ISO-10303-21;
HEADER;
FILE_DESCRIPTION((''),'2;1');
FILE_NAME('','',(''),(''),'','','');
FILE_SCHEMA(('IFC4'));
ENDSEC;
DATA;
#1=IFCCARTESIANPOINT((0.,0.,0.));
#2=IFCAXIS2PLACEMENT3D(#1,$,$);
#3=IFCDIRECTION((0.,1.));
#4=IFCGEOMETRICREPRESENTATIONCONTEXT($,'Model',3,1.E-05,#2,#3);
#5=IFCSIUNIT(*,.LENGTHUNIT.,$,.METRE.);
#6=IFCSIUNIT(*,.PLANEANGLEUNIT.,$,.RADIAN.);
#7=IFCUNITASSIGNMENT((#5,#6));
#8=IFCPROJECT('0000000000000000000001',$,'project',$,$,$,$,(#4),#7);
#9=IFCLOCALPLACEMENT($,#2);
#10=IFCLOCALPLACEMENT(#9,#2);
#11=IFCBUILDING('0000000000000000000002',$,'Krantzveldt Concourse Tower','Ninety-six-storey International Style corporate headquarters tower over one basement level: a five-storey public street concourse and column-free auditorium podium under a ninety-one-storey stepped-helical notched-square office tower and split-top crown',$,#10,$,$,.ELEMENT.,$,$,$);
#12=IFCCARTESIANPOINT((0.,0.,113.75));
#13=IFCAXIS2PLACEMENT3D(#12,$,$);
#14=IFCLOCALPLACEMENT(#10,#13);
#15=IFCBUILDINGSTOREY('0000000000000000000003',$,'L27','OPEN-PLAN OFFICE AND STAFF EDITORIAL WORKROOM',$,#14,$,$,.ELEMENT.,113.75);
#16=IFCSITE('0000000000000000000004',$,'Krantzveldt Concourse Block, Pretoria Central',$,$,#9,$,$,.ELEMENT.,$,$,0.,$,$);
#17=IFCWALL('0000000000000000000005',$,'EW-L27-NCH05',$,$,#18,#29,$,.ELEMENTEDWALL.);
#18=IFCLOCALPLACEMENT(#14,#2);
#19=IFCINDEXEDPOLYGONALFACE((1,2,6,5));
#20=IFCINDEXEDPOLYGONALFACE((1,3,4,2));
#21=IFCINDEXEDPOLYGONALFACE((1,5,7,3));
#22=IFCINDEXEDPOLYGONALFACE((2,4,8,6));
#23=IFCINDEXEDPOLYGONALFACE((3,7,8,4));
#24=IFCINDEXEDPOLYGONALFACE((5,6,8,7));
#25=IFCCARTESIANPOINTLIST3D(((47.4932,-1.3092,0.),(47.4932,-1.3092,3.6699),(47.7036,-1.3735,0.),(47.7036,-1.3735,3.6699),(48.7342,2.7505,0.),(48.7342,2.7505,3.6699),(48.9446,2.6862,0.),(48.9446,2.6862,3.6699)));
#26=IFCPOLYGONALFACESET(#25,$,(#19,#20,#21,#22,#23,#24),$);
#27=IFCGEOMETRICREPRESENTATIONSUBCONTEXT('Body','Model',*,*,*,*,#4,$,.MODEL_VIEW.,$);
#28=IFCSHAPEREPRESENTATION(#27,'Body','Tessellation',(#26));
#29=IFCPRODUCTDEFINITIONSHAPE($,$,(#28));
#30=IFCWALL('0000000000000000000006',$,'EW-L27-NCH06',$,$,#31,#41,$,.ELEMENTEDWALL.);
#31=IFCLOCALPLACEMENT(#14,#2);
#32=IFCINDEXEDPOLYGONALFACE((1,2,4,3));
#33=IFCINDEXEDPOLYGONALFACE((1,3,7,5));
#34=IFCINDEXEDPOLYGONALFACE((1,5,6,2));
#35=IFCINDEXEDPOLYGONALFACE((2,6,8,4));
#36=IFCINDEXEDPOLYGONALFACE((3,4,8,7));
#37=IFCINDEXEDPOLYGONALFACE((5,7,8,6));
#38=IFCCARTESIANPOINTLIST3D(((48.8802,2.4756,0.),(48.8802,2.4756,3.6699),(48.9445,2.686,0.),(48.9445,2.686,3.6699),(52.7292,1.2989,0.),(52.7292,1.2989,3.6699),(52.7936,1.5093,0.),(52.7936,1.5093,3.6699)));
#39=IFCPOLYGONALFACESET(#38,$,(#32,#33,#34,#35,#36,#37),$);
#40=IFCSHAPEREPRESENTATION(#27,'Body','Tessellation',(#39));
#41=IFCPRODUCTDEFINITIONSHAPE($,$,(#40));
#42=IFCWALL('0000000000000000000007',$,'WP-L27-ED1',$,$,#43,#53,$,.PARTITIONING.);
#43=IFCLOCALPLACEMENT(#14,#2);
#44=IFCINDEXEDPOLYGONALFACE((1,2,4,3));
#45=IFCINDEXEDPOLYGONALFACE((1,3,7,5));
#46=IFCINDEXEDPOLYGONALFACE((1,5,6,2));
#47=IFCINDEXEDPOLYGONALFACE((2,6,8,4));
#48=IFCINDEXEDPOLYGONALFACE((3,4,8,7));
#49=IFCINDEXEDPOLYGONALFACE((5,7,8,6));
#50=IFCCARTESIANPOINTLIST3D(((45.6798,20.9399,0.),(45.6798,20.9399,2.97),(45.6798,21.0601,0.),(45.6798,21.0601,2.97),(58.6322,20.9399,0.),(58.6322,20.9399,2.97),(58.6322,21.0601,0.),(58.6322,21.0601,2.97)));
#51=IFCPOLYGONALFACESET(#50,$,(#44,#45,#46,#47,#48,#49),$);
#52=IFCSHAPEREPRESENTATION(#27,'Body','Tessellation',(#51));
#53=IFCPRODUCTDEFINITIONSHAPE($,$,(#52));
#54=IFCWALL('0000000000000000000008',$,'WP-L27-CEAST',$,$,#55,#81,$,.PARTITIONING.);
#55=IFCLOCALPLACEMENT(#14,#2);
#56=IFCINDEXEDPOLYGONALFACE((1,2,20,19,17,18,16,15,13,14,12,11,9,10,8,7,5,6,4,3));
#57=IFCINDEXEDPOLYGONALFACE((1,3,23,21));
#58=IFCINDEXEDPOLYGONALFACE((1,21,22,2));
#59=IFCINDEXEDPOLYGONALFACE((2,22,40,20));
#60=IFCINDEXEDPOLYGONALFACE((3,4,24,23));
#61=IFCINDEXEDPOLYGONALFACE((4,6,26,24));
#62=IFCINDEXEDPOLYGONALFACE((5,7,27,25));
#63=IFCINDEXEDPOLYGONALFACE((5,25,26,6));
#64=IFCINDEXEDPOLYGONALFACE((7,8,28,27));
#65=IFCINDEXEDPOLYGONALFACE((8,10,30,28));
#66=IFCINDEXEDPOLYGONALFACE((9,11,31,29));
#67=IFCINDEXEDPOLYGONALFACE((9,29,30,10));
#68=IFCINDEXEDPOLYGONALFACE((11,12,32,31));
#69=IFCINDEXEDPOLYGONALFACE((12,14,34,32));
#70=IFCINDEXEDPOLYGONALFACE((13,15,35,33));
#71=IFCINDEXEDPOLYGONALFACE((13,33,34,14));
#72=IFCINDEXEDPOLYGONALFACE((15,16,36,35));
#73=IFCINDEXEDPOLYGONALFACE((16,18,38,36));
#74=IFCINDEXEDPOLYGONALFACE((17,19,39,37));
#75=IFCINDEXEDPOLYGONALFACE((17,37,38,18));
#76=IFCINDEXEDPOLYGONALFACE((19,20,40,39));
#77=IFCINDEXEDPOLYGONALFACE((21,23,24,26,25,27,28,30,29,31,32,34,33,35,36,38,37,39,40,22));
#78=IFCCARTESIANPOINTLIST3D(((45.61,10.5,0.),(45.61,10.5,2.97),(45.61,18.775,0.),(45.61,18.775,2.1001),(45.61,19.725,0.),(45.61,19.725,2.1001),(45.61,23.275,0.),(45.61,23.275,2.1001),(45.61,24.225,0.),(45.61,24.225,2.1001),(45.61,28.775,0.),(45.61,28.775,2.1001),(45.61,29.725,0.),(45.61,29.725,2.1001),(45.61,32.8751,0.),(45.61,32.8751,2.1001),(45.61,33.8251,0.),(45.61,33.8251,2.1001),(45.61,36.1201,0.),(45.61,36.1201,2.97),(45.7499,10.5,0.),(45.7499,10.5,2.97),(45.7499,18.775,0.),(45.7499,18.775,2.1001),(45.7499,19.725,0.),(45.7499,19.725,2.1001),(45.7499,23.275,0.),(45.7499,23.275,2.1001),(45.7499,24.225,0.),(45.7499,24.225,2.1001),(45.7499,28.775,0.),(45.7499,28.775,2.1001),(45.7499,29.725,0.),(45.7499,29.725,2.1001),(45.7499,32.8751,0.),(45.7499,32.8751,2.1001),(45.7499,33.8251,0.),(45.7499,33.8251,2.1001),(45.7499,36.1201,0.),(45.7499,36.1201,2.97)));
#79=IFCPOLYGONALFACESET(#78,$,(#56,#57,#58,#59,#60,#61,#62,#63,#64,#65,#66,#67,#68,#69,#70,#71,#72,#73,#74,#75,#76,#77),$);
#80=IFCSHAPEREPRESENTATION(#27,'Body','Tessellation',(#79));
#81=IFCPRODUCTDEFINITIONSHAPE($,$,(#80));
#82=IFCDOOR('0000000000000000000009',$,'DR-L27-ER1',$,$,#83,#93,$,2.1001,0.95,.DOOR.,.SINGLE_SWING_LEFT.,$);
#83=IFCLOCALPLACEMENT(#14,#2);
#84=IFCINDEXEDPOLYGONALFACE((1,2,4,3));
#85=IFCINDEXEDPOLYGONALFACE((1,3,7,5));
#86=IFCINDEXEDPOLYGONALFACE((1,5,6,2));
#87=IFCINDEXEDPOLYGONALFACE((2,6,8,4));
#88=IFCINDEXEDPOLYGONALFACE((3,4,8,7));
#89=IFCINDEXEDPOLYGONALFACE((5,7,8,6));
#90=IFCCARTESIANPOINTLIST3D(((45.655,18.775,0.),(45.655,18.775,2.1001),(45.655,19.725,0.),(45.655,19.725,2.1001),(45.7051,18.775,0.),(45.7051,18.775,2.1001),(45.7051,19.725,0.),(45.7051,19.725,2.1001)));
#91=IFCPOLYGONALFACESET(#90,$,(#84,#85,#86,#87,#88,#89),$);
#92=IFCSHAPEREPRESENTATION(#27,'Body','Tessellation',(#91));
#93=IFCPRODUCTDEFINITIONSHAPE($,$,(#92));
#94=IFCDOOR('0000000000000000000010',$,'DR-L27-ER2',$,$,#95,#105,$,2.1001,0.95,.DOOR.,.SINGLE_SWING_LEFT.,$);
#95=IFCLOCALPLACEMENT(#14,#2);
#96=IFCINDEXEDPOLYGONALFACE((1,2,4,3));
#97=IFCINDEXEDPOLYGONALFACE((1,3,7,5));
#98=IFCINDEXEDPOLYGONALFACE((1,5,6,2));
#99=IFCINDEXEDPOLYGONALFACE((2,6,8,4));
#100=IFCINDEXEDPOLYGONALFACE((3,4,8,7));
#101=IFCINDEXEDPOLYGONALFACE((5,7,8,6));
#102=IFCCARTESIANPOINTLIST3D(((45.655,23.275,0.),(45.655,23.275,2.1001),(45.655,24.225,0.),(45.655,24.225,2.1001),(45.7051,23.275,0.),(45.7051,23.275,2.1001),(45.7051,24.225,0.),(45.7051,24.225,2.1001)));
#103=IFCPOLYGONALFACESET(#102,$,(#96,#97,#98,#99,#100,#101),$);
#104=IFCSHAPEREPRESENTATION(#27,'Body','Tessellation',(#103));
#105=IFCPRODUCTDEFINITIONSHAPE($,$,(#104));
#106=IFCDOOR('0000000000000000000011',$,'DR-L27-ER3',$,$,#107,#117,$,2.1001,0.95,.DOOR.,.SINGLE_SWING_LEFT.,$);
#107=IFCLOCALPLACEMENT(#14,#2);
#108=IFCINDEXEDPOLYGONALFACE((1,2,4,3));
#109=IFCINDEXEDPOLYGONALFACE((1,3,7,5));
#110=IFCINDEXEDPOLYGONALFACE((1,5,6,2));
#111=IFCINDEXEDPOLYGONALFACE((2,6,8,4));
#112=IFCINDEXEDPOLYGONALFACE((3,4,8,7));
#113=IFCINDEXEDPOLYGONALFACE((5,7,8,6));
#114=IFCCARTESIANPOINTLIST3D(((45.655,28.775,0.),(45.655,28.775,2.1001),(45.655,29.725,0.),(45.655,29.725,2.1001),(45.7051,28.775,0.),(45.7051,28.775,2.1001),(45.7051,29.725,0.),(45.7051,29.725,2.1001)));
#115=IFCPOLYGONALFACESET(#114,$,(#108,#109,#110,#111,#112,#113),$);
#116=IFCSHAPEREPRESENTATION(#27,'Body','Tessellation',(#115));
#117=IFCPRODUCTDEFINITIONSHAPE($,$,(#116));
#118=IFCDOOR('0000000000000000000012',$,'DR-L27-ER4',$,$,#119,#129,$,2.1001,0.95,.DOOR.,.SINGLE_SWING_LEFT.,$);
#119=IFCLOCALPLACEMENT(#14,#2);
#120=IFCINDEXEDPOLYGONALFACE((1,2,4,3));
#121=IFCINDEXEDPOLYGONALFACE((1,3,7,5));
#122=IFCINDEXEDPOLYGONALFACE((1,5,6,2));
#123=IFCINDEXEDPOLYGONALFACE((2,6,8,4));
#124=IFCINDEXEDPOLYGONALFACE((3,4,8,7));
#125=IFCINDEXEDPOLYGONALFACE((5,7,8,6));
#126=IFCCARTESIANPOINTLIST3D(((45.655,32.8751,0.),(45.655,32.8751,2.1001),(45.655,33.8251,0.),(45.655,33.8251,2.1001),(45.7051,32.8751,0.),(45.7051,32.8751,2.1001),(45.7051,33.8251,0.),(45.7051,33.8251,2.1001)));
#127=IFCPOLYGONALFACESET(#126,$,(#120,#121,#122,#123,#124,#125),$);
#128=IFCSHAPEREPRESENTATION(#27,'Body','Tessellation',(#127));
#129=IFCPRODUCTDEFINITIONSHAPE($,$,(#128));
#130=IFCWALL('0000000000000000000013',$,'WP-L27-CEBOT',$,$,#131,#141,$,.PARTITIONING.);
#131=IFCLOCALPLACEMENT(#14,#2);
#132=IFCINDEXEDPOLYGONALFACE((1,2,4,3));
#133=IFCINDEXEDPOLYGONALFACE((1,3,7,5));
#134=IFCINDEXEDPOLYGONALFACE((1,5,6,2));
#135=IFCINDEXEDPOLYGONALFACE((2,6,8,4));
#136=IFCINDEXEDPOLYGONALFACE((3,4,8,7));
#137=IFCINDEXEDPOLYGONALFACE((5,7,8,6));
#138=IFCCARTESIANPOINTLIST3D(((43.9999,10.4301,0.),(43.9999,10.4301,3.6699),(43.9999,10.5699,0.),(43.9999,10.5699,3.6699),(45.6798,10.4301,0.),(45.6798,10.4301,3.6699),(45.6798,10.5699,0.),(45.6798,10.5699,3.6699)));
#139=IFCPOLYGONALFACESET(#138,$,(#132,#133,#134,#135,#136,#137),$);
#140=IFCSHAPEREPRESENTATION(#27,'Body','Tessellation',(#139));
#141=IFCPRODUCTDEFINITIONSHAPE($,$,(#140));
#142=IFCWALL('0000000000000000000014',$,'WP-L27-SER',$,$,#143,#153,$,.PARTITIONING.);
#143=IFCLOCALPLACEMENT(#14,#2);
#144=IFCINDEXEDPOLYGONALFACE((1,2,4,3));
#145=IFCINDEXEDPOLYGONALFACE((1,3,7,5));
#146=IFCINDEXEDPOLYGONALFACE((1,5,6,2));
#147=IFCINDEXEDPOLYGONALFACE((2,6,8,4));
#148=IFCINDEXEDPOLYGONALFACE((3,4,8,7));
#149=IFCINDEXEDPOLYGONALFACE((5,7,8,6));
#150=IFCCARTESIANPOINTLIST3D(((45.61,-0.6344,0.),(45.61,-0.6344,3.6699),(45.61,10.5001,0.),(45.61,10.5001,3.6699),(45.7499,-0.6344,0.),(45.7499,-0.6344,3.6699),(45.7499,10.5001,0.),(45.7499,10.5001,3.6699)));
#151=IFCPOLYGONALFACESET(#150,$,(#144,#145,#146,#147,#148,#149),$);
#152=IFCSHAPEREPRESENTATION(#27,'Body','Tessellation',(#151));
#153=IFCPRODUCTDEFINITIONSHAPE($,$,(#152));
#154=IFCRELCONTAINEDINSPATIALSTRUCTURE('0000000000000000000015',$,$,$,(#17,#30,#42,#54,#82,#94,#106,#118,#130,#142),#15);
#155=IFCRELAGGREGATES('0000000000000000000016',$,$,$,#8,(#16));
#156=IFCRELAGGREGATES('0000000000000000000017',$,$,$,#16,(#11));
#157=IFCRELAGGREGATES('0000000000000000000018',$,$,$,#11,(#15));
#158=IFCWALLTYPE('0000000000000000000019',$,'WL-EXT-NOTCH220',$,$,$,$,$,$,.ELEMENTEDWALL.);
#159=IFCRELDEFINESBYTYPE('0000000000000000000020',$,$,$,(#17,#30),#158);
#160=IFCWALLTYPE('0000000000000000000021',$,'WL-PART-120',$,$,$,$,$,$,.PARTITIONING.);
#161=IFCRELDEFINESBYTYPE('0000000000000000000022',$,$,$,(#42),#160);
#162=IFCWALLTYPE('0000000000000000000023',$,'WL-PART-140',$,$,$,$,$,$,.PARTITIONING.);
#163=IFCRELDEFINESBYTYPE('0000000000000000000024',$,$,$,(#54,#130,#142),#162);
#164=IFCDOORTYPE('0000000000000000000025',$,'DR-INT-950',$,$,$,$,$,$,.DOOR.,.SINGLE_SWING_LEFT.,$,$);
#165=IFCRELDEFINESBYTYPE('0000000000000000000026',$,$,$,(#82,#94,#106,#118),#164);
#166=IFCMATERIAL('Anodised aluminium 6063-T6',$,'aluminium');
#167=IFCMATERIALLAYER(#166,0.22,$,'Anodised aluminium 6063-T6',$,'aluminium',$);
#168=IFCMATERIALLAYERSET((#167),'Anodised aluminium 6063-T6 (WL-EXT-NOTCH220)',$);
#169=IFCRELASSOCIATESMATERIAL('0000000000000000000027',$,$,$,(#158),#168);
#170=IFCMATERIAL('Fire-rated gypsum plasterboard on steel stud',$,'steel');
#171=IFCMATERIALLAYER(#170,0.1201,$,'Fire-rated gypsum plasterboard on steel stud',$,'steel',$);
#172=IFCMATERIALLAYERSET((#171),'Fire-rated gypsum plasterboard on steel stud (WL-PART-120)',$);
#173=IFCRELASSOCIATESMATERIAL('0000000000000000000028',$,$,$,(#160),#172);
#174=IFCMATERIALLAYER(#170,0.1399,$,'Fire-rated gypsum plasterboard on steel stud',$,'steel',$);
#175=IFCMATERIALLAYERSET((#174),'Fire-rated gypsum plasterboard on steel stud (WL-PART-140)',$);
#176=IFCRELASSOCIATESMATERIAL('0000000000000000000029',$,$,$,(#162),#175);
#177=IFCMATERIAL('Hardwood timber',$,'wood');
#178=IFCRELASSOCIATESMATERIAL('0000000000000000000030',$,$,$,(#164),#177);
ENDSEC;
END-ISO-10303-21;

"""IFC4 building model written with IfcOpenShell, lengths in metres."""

from ifc_helpers import new_model, si_unit, direction, frame, frame_2d, origin, place, context, subcontext, project, spatial, rectangle, extrude, material, layer, layer_set, type_object, element, fill, save


model = new_model("IFC4")

# Units and contexts
model_context = context("Model", 3, precision=1e-05, world=origin(), true_north=direction((0.0, 1.0)))
body_context = subcontext(model_context, "Body", "Model", "MODEL_VIEW")
ifc_project = project(units=[si_unit("LENGTHUNIT", "METRE"), si_unit("PLANEANGLEUNIT", "RADIAN")], contexts=[model_context])

# Site, building, storey
site_placement = place(None, origin())
site = spatial("IfcSite", under=ifc_project, at=site_placement, Name="Krantzveldt Concourse Block, Pretoria Central", CompositionType="ELEMENT", RefElevation=0.0)
building_placement = place(site_placement, origin())
building = spatial("IfcBuilding", under=site, at=building_placement, Name="Krantzveldt Concourse Tower", Description="Ninety-six-storey International Style corporate headquarters tower over one basement level: a five-storey public street concourse and column-free auditorium podium under a ninety-one-storey stepped-helical notched-square office tower and split-top crown", CompositionType="ELEMENT")
storey_placement = place(building_placement, frame((0.0, 0.0, 113.75)))
storey = spatial("IfcBuildingStorey", under=building, at=storey_placement, Name="L27", Description="OPEN-PLAN OFFICE AND STAFF EDITORIAL WORKROOM", CompositionType="ELEMENT", Elevation=113.75)

# Shared definitions
ifc_material_1 = material(Name="Anodised aluminium 6063-T6", Category="aluminium")

# Walls
ifc_layer_1 = layer(ifc_material_1, 0.22, Name="Anodised aluminium 6063-T6", Category="aluminium")
ifc_layer_set_1 = layer_set([ifc_layer_1], Name="Anodised aluminium 6063-T6 (WL-EXT-NOTCH220)")
wall_type_1 = type_object("IfcWallType", Name="WL-EXT-NOTCH220", PredefinedType="ELEMENTEDWALL", material=ifc_layer_set_1)
wall_1_placement = place(storey_placement, frame((47.5984, -1.3413, 0.0), z_axis=(0.0, 0.0, 1.0), x_axis=(0.292335, 0.956316, 0.0)))
element("IfcWall", 1, at=wall_1_placement, inside=storey, type_object=wall_type_1, Name="EW-L27-NCH05", PredefinedType="ELEMENTEDWALL", context=body_context, shape_type="SweptSolid", body=[
    extrude(rectangle(XDim=4.2451, YDim=0.22, at=frame_2d((2.1226, 0.0))), origin(), (0.0, 0.0, 1.0), 3.6699),
])
wall_2_placement = place(storey_placement, frame((48.9124, 2.5808, 0.0), z_axis=(0.0, 0.0, 1.0), x_axis=(0.956307, -0.292363, 0.0)))
element("IfcWall", 2, at=wall_2_placement, inside=storey, type_object=wall_type_1, Name="EW-L27-NCH06", PredefinedType="ELEMENTEDWALL", context=body_context, shape_type="SweptSolid", body=[
    extrude(rectangle(XDim=4.0249, YDim=0.22, at=frame_2d((2.0125, 0.0))), origin(), (0.0, 0.0, 1.0), 3.6699),
])
ifc_material_2 = material(Name="Fire-rated gypsum plasterboard on steel stud", Category="steel")
ifc_layer_2 = layer(ifc_material_2, 0.1201, Name="Fire-rated gypsum plasterboard on steel stud", Category="steel")
ifc_layer_set_2 = layer_set([ifc_layer_2], Name="Fire-rated gypsum plasterboard on steel stud (WL-PART-120)")
wall_type_2 = type_object("IfcWallType", Name="WL-PART-120", PredefinedType="PARTITIONING", material=ifc_layer_set_2)
wall_3_placement = place(storey_placement, frame((45.6799, 21.0, 0.0), z_axis=(0.0, 0.0, 1.0), x_axis=(1.0, 0.0, 0.0)))
element("IfcWall", 3, at=wall_3_placement, inside=storey, type_object=wall_type_2, Name="WP-L27-ED1", PredefinedType="PARTITIONING", context=body_context, shape_type="SweptSolid", body=[
    extrude(rectangle(XDim=12.9524, YDim=0.1201, at=frame_2d((6.4761, 0.0))), origin(), (0.0, 0.0, 1.0), 2.97),
])

# Wall, openings, doors
ifc_layer_3 = layer(ifc_material_2, 0.1399, Name="Fire-rated gypsum plasterboard on steel stud", Category="steel")
ifc_layer_set_3 = layer_set([ifc_layer_3], Name="Fire-rated gypsum plasterboard on steel stud (WL-PART-140)")
wall_type_3 = type_object("IfcWallType", Name="WL-PART-140", PredefinedType="PARTITIONING", material=ifc_layer_set_3)
wall_4_placement = place(storey_placement, frame((45.6799, 10.5, 0.0), z_axis=(0.0, 0.0, 1.0), x_axis=(0.0, 1.0, 0.0)))
wall_4 = element("IfcWall", 4, at=wall_4_placement, inside=storey, type_object=wall_type_3, Name="WP-L27-CEAST", PredefinedType="PARTITIONING", context=body_context, shape_type="SweptSolid", body=[
    extrude(rectangle(XDim=25.6201, YDim=0.1399, at=frame_2d((12.8101, 0.0))), origin(), (0.0, 0.0, 1.0), 2.97),
])
opening_1_placement = place(wall_4_placement, frame((8.2749, 0.0, 0.0)))
opening_1 = element("IfcOpeningElement", 5, at=opening_1_placement, cuts=wall_4, PredefinedType="OPENING", context=body_context, shape_type="SweptSolid", body=[
    extrude(rectangle(XDim=0.95, YDim=2.1001, at=frame_2d((0.4751, 1.05))), frame((0.0, 0.0801, 0.0), z_axis=(0.0, -1.0, 0.0), x_axis=(1.0, 0.0, 0.0)), (0.0, 0.0, 1.0), 0.1599),
])
opening_2_placement = place(wall_4_placement, frame((12.7749, 0.0, 0.0)))
opening_2 = element("IfcOpeningElement", 6, at=opening_2_placement, cuts=wall_4, PredefinedType="OPENING", context=body_context, shape_type="SweptSolid", body=[
    extrude(rectangle(XDim=0.95, YDim=2.1001, at=frame_2d((0.4751, 1.05))), frame((0.0, 0.0801, 0.0), z_axis=(0.0, -1.0, 0.0), x_axis=(1.0, 0.0, 0.0)), (0.0, 0.0, 1.0), 0.1599),
])
opening_3_placement = place(wall_4_placement, frame((18.2749, 0.0, 0.0)))
opening_3 = element("IfcOpeningElement", 7, at=opening_3_placement, cuts=wall_4, PredefinedType="OPENING", context=body_context, shape_type="SweptSolid", body=[
    extrude(rectangle(XDim=0.95, YDim=2.1001, at=frame_2d((0.4751, 1.05))), frame((0.0, 0.0801, 0.0), z_axis=(0.0, -1.0, 0.0), x_axis=(1.0, 0.0, 0.0)), (0.0, 0.0, 1.0), 0.1599),
])
opening_4_placement = place(wall_4_placement, frame((22.375, 0.0, 0.0)))
opening_4 = element("IfcOpeningElement", 8, at=opening_4_placement, cuts=wall_4, PredefinedType="OPENING", context=body_context, shape_type="SweptSolid", body=[
    extrude(rectangle(XDim=0.95, YDim=2.1001, at=frame_2d((0.4751, 1.05))), frame((0.0, 0.0801, 0.0), z_axis=(0.0, -1.0, 0.0), x_axis=(1.0, 0.0, 0.0)), (0.0, 0.0, 1.0), 0.1599),
])
ifc_material_3 = material(Name="Hardwood timber", Category="wood")
door_type = type_object("IfcDoorType", Name="DR-INT-950", OperationType="SINGLE_SWING_LEFT", PredefinedType="DOOR", material=ifc_material_3)
door_1_placement = place(opening_1_placement, origin())
door_1 = element("IfcDoor", 9, at=door_1_placement, inside=storey, type_object=door_type, Name="DR-L27-ER1", OperationType="SINGLE_SWING_LEFT", OverallHeight=2.1001, OverallWidth=0.95, PredefinedType="DOOR", context=body_context, shape_type="SweptSolid", body=[
    extrude(rectangle(XDim=0.95, YDim=2.1001, at=frame_2d((0.4751, 1.05))), frame((0.0, 0.0249, 0.0), z_axis=(0.0, -1.0, 0.0), x_axis=(1.0, 0.0, 0.0)), (0.0, 0.0, 1.0), 0.05),
])
fill(opening_1, door_1)
door_2_placement = place(opening_2_placement, origin())
door_2 = element("IfcDoor", 10, at=door_2_placement, inside=storey, type_object=door_type, Name="DR-L27-ER2", OperationType="SINGLE_SWING_LEFT", OverallHeight=2.1001, OverallWidth=0.95, PredefinedType="DOOR", context=body_context, shape_type="SweptSolid", body=[
    extrude(rectangle(XDim=0.95, YDim=2.1001, at=frame_2d((0.4751, 1.05))), frame((0.0, 0.0249, 0.0), z_axis=(0.0, -1.0, 0.0), x_axis=(1.0, 0.0, 0.0)), (0.0, 0.0, 1.0), 0.05),
])
fill(opening_2, door_2)
door_3_placement = place(opening_3_placement, origin())
door_3 = element("IfcDoor", 11, at=door_3_placement, inside=storey, type_object=door_type, Name="DR-L27-ER3", OperationType="SINGLE_SWING_LEFT", OverallHeight=2.1001, OverallWidth=0.95, PredefinedType="DOOR", context=body_context, shape_type="SweptSolid", body=[
    extrude(rectangle(XDim=0.95, YDim=2.1001, at=frame_2d((0.4751, 1.05))), frame((0.0, 0.0249, 0.0), z_axis=(0.0, -1.0, 0.0), x_axis=(1.0, 0.0, 0.0)), (0.0, 0.0, 1.0), 0.05),
])
fill(opening_3, door_3)
door_4_placement = place(opening_4_placement, origin())
door_4 = element("IfcDoor", 12, at=door_4_placement, inside=storey, type_object=door_type, Name="DR-L27-ER4", OperationType="SINGLE_SWING_LEFT", OverallHeight=2.1001, OverallWidth=0.95, PredefinedType="DOOR", context=body_context, shape_type="SweptSolid", body=[
    extrude(rectangle(XDim=0.95, YDim=2.1001, at=frame_2d((0.4751, 1.05))), frame((0.0, 0.0249, 0.0), z_axis=(0.0, -1.0, 0.0), x_axis=(1.0, 0.0, 0.0)), (0.0, 0.0, 1.0), 0.05),
])
fill(opening_4, door_4)

# Walls
wall_5_placement = place(storey_placement, frame((44.0, 10.5, 0.0), z_axis=(0.0, 0.0, 1.0), x_axis=(1.0, 0.0, 0.0)))
element("IfcWall", 13, at=wall_5_placement, inside=storey, type_object=wall_type_3, Name="WP-L27-CEBOT", PredefinedType="PARTITIONING", context=body_context, shape_type="SweptSolid", body=[
    extrude(rectangle(XDim=1.6799, YDim=0.1399, at=frame_2d((0.8398, 0.0))), origin(), (0.0, 0.0, 1.0), 3.6699),
])
wall_6_placement = place(storey_placement, frame((45.6799, -0.6345, 0.0), z_axis=(0.0, 0.0, 1.0), x_axis=(0.0, 1.0, 0.0)))
element("IfcWall", 14, at=wall_6_placement, inside=storey, type_object=wall_type_3, Name="WP-L27-SER", PredefinedType="PARTITIONING", context=body_context, shape_type="SweptSolid", body=[
    extrude(rectangle(XDim=11.1345, YDim=0.1399, at=frame_2d((5.5674, 0.0))), origin(), (0.0, 0.0, 1.0), 3.6699),
])

save(model, "model.ifc")
